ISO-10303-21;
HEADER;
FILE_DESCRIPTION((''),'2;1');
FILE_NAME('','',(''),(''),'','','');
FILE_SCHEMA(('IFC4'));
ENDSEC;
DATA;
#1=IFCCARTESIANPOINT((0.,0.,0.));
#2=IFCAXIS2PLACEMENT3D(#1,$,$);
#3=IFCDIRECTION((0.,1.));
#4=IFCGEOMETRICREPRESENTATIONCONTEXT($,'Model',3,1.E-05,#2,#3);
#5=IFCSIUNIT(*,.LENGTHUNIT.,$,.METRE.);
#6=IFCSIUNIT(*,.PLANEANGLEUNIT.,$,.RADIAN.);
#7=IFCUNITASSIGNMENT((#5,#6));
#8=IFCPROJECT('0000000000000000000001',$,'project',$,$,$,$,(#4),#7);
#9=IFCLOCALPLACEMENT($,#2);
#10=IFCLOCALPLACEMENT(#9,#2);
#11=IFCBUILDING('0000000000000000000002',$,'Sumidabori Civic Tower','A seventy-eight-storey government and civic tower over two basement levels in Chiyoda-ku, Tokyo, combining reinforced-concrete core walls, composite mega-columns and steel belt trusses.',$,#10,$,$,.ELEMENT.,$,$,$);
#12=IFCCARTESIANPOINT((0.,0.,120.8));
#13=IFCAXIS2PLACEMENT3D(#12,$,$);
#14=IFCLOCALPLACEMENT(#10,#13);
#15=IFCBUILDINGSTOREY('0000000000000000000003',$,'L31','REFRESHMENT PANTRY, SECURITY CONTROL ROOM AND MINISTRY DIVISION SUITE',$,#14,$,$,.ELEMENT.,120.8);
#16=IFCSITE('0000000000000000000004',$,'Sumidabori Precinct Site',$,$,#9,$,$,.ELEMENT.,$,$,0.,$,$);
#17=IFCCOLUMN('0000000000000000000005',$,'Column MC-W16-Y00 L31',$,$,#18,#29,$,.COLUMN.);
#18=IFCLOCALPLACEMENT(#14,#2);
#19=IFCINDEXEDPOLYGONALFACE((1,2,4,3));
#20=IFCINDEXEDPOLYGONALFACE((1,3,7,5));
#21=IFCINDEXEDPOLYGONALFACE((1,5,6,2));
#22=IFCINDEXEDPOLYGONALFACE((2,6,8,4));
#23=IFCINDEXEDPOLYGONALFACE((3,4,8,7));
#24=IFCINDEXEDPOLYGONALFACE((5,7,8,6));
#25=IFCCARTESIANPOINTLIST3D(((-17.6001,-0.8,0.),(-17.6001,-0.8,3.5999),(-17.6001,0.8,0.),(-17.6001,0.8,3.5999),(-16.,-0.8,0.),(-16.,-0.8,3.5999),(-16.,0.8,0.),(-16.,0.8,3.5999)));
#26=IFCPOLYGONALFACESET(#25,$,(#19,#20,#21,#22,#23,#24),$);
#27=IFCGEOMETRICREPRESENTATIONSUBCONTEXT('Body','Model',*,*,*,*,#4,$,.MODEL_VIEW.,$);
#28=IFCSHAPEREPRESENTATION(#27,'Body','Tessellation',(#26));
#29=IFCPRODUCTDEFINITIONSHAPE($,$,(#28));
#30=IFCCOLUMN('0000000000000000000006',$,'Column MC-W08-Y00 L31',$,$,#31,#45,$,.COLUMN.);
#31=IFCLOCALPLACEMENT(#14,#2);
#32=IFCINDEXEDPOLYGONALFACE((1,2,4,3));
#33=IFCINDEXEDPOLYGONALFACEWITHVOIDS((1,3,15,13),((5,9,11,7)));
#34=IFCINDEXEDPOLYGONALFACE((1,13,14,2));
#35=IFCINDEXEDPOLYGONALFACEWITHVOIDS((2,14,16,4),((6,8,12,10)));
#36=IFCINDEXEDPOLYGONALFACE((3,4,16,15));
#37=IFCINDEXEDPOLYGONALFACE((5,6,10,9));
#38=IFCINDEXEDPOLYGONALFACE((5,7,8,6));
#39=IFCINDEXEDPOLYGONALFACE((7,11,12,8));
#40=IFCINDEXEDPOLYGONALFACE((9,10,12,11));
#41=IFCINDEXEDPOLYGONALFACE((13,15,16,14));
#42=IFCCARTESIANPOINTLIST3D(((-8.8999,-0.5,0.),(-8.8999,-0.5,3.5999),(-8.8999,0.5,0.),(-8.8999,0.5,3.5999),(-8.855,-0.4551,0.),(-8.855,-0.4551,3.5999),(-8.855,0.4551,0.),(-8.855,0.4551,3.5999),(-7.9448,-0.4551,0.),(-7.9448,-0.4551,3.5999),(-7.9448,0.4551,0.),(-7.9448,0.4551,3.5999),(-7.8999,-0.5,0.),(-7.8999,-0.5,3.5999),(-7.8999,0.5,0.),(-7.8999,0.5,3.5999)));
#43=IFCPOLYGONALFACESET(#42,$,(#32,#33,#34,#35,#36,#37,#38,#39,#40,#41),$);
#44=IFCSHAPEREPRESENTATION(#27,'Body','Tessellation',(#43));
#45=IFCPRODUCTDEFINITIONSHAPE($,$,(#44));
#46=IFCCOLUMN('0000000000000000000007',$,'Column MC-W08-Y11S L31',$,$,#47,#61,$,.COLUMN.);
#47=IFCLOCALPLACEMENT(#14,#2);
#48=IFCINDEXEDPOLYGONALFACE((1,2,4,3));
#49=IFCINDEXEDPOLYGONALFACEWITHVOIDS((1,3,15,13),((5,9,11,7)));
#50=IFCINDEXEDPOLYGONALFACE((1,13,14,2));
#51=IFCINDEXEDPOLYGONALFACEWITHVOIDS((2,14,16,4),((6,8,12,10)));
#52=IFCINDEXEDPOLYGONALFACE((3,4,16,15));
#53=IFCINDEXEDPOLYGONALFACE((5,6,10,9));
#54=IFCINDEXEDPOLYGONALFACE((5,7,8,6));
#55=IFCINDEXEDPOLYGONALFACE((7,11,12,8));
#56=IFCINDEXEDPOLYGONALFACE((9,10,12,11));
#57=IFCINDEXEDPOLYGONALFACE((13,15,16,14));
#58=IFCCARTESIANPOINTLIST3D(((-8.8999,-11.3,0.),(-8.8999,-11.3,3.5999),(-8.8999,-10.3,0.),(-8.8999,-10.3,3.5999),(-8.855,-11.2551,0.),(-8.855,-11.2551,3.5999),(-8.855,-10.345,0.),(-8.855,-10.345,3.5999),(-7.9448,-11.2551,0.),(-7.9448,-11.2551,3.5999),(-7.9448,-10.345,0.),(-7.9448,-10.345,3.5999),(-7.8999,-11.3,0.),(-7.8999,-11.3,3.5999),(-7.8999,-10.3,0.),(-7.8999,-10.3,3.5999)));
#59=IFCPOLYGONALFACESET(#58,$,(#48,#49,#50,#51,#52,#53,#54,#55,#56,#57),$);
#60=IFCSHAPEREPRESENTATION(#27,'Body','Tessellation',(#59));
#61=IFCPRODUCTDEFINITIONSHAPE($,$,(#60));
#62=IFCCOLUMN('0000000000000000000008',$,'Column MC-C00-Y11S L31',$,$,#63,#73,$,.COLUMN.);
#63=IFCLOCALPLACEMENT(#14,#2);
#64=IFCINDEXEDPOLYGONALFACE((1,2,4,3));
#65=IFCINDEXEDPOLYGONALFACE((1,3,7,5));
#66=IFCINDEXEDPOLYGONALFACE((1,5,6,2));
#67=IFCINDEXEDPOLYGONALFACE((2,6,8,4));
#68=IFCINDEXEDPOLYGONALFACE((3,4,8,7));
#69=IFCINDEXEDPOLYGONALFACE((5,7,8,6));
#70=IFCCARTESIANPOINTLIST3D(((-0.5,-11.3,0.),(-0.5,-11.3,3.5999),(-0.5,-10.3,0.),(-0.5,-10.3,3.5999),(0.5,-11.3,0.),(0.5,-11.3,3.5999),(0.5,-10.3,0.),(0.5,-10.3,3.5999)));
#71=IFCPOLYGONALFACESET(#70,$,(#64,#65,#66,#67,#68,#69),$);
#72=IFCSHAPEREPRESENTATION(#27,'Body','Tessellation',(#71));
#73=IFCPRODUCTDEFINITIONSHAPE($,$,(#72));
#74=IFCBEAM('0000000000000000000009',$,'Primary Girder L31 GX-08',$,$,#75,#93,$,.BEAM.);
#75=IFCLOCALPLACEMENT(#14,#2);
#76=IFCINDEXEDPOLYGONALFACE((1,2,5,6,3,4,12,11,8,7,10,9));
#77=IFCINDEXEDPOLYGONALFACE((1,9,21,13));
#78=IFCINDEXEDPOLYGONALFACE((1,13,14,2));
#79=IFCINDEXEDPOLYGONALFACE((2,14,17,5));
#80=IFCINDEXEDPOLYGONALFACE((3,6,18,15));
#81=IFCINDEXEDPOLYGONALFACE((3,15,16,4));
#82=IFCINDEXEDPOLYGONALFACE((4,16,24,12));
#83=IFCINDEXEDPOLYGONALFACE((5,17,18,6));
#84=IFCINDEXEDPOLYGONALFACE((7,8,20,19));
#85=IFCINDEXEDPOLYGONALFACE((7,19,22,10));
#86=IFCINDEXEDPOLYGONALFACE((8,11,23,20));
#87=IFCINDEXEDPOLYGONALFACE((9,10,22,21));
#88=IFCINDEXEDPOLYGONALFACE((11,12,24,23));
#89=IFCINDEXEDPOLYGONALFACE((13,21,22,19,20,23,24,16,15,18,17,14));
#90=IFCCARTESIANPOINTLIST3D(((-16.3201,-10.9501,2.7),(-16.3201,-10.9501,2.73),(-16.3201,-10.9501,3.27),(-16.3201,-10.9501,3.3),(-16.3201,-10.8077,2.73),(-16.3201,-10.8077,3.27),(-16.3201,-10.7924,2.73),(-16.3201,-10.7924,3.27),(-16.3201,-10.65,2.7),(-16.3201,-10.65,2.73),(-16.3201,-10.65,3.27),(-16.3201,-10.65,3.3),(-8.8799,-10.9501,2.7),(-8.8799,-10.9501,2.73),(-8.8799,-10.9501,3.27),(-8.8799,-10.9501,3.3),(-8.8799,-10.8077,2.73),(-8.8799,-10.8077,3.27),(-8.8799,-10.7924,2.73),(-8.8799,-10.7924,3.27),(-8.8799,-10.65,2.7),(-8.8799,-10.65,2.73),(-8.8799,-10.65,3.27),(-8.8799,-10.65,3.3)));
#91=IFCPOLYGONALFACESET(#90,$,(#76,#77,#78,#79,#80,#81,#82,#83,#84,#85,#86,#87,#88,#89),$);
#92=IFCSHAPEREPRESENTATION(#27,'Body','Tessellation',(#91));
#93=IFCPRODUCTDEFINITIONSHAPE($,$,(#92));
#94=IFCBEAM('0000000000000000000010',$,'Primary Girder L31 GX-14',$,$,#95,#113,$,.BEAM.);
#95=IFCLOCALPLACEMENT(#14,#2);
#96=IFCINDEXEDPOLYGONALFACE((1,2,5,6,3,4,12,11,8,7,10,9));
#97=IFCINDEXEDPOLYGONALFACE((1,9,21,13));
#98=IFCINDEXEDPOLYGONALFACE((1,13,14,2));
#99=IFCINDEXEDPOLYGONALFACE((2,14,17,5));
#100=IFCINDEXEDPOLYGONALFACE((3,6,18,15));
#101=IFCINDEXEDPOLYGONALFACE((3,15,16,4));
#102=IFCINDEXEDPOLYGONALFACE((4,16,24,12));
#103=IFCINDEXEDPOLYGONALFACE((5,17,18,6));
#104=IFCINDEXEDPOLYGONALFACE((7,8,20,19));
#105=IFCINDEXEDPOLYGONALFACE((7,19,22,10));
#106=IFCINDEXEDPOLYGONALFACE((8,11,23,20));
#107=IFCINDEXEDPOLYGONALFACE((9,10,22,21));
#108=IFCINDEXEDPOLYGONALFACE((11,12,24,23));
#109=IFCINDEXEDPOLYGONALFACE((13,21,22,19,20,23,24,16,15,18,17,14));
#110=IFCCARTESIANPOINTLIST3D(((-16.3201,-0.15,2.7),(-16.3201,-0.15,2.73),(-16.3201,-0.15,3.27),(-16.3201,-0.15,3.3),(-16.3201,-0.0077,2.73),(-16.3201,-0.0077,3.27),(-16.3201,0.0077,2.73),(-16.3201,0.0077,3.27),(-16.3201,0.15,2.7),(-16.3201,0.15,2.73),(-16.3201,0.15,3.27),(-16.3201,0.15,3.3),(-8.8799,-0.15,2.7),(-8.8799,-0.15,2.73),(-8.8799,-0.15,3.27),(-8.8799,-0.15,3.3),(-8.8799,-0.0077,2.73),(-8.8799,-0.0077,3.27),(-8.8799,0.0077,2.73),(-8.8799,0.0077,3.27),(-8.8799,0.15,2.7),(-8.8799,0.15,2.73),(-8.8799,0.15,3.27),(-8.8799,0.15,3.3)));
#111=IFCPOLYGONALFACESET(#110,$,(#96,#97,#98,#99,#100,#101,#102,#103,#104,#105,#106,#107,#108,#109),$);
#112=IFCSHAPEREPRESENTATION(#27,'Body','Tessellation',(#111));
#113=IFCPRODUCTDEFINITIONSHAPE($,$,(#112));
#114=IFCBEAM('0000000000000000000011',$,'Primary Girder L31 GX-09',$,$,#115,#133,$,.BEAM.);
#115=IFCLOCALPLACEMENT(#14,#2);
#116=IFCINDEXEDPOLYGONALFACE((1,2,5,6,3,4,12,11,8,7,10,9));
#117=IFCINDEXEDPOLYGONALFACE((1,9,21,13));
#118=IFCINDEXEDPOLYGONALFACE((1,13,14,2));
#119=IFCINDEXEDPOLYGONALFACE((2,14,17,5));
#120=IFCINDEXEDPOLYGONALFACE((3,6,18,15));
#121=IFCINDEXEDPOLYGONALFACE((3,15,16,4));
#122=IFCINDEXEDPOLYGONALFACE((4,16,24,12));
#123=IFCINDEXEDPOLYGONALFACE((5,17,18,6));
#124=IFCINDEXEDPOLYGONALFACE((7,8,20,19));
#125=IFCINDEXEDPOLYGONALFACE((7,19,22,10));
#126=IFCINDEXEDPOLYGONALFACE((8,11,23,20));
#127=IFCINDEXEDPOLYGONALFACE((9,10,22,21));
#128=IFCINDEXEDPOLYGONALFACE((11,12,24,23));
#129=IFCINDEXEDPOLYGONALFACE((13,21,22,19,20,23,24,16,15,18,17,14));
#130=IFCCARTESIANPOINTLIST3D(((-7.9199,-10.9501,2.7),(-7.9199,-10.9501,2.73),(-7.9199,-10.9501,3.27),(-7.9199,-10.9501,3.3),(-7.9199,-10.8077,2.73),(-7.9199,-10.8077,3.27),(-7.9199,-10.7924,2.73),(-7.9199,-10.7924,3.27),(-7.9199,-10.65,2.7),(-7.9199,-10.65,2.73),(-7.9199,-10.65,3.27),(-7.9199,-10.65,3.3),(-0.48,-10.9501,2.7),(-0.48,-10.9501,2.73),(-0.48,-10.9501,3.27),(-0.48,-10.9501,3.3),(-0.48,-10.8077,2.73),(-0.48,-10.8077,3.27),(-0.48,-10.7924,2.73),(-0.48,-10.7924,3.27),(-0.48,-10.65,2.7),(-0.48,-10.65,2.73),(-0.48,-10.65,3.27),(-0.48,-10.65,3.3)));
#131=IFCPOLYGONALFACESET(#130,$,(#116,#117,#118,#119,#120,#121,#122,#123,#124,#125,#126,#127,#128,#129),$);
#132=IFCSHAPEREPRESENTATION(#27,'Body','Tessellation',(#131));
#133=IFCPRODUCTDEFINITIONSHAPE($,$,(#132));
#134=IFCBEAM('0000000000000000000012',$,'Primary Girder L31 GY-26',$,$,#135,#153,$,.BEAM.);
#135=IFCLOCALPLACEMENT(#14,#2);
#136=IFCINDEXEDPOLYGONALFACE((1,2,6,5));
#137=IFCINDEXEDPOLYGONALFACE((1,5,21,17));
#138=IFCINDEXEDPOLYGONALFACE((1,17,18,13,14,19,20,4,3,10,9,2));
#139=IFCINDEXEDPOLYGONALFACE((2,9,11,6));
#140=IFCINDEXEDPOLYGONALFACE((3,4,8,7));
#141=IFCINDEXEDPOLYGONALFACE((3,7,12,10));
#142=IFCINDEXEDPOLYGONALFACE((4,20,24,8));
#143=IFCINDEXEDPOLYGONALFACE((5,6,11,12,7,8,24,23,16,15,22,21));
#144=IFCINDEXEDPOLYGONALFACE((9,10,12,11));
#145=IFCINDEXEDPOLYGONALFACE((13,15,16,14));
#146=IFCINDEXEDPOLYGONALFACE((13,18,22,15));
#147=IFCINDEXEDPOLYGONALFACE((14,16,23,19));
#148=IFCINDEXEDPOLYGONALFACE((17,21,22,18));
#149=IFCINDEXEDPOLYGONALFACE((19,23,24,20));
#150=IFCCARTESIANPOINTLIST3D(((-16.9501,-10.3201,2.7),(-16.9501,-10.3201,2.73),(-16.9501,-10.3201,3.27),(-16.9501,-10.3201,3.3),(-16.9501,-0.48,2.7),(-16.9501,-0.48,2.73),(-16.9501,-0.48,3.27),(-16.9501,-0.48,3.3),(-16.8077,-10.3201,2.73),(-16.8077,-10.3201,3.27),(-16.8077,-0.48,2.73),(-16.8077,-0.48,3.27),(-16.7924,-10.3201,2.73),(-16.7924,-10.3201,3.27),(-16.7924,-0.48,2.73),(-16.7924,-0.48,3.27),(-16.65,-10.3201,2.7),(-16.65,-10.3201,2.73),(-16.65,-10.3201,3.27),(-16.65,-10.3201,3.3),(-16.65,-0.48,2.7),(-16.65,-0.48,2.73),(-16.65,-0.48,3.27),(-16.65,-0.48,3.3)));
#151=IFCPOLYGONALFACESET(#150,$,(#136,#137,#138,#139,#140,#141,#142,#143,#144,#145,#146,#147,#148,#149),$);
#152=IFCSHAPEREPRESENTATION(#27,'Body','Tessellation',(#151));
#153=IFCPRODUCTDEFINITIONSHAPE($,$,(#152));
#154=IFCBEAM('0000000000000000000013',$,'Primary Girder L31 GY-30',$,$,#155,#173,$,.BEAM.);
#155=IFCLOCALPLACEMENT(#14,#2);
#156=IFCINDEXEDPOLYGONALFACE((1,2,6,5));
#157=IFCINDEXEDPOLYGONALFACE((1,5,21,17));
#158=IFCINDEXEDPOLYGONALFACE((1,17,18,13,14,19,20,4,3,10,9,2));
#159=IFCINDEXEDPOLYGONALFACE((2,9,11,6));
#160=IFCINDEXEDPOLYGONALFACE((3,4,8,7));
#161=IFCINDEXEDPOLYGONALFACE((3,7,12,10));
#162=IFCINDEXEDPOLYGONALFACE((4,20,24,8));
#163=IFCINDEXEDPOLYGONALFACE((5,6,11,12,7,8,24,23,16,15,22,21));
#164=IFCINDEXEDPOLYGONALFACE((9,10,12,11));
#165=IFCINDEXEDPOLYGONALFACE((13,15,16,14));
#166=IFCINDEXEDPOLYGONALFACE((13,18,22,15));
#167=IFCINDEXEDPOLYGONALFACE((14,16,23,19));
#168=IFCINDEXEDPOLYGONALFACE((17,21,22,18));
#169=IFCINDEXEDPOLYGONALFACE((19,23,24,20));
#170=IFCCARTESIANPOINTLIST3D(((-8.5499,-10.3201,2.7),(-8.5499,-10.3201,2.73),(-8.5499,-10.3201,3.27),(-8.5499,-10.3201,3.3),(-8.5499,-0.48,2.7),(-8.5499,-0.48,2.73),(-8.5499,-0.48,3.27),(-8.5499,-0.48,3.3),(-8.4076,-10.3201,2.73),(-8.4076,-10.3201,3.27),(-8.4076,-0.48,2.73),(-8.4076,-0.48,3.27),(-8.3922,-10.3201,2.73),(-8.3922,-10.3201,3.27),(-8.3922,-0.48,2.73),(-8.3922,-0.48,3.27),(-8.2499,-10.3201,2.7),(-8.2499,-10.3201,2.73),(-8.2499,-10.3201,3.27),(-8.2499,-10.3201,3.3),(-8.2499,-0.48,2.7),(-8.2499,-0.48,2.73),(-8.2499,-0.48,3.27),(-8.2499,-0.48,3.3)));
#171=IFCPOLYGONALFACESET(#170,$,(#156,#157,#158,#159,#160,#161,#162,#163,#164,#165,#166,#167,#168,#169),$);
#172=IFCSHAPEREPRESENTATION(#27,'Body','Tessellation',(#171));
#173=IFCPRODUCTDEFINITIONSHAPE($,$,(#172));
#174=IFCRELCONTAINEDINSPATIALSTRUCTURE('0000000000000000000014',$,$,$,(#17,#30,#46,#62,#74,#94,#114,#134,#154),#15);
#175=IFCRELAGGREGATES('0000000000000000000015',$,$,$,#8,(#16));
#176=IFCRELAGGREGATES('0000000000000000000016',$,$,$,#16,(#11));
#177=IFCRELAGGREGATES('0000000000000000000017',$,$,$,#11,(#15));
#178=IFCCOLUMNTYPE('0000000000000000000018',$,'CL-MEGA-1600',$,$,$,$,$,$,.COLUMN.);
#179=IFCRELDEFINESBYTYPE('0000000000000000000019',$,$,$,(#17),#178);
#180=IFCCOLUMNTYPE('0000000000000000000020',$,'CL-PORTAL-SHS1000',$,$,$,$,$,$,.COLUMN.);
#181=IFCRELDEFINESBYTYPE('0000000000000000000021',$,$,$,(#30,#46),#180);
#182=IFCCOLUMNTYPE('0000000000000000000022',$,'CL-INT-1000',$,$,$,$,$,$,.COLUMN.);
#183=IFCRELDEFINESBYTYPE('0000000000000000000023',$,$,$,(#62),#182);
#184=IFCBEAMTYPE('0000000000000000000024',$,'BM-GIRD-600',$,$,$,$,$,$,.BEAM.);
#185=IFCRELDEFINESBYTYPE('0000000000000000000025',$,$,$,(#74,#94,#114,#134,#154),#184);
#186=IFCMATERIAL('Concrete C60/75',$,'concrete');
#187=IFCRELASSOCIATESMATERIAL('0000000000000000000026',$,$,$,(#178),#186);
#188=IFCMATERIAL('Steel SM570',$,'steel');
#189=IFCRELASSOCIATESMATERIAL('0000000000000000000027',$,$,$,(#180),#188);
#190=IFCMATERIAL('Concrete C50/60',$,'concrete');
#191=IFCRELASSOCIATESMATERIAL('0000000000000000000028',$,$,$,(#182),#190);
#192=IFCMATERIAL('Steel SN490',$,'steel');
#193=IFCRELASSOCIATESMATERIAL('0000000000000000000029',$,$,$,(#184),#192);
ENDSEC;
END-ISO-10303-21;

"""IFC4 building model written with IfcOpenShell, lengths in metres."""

from ifc_helpers import new_model, si_unit, direction, frame, origin, origin_2d, place, context, subcontext, project, spatial, rectangle, hollow_rectangle, i_section, extrude, source, transform, mapped, material, material_profile, profile_set, type_object, element, save


model = new_model("IFC4")

# Units and contexts
model_context = context("Model", 3, precision=1e-05, world=origin(), true_north=direction((0.0, 1.0)))
body_context = subcontext(model_context, "Body", "Model", "MODEL_VIEW")
ifc_project = project(units=[si_unit("LENGTHUNIT", "METRE"), si_unit("PLANEANGLEUNIT", "RADIAN")], contexts=[model_context])

# Site, building, storey
site_placement = place(None, origin())
site = spatial("IfcSite", under=ifc_project, at=site_placement, Name="Sumidabori Precinct Site", CompositionType="ELEMENT", RefElevation=0.0)
building_placement = place(site_placement, origin())
building = spatial("IfcBuilding", under=site, at=building_placement, Name="Sumidabori Civic Tower", Description="A seventy-eight-storey government and civic tower over two basement levels in Chiyoda-ku, Tokyo, combining reinforced-concrete core walls, composite mega-columns and steel belt trusses.", CompositionType="ELEMENT")
storey_placement = place(building_placement, frame((0.0, 0.0, 120.8)))
storey = spatial("IfcBuildingStorey", under=building, at=storey_placement, Name="L31", Description="REFRESHMENT PANTRY, SECURITY CONTROL ROOM AND MINISTRY DIVISION SUITE", CompositionType="ELEMENT", Elevation=120.8)

# Columns
ifc_material_1 = material(Name="Concrete C60/75", Category="concrete")
ifc_material_profile_1 = material_profile(ifc_material_1, rectangle(XDim=1.6001, YDim=1.6001, at=origin_2d()), Name="RC 1600x1600")
ifc_profile_set_1 = profile_set([ifc_material_profile_1], Name="Concrete C60/75")
column_type_1 = type_object("IfcColumnType", Name="CL-MEGA-1600", PredefinedType="COLUMN", material=ifc_profile_set_1)
shared_shape_1 = source(origin(), body_context, "Body", "SweptSolid", [
    extrude(rectangle(XDim=1.6001, YDim=1.6001, at=origin_2d()), origin(), (0.0, 0.0, 1.0), 3.5999),
])
column_1_placement = place(storey_placement, frame((-16.8, 0.0, 0.0), z_axis=(0.0, 0.0, 1.0), x_axis=(1.0, 0.0, 0.0)))
element("IfcColumn", 1, at=column_1_placement, inside=storey, type_object=column_type_1, Name="Column MC-W16-Y00 L31", PredefinedType="COLUMN", context=body_context, shape_type="MappedRepresentation", body=[
    mapped(shared_shape_1, transform((0.0, 0.0, 0.0), x_axis=(1.0, 0.0, 0.0), y_axis=(0.0, 1.0, 0.0), z_axis=(0.0, 0.0, 1.0), scale=1.0)),
])
ifc_material_2 = material(Name="Steel SM570", Category="steel")
ifc_material_profile_2 = material_profile(ifc_material_2, hollow_rectangle(XDim=1.0, YDim=1.0, WallThickness=0.0449, at=origin_2d()), Name="SHS 1000x1000x45")
ifc_profile_set_2 = profile_set([ifc_material_profile_2], Name="Steel SM570")
column_type_2 = type_object("IfcColumnType", Name="CL-PORTAL-SHS1000", PredefinedType="COLUMN", material=ifc_profile_set_2)
shared_shape_2 = source(origin(), body_context, "Body", "SweptSolid", [
    extrude(hollow_rectangle(XDim=1.0, YDim=1.0, WallThickness=0.0449, at=origin_2d()), origin(), (0.0, 0.0, 1.0), 3.5999),
])
for number, where, z_axis, x_axis, name in (
    (2, (-8.3999, 0.0, 0.0), (0.0, 0.0, 1.0), (1.0, 0.0, 0.0), "Column MC-W08-Y00 L31"),
    (3, (-8.3999, -10.8, 0.0), (0.0, 0.0, 1.0), (1.0, 0.0, 0.0), "Column MC-W08-Y11S L31"),
):
    element("IfcColumn", number, at=place(storey_placement, frame(where, z_axis=z_axis, x_axis=x_axis)), inside=storey, type_object=column_type_2, Name=name, PredefinedType="COLUMN", context=body_context, shape_type="MappedRepresentation", body=[
        mapped(shared_shape_2, transform((0.0, 0.0, 0.0), x_axis=(1.0, 0.0, 0.0), y_axis=(0.0, 1.0, 0.0), z_axis=(0.0, 0.0, 1.0), scale=1.0)),
    ])
ifc_material_3 = material(Name="Concrete C50/60", Category="concrete")
ifc_material_profile_3 = material_profile(ifc_material_3, rectangle(XDim=1.0, YDim=1.0, at=origin_2d()), Name="RC 1000x1000")
ifc_profile_set_3 = profile_set([ifc_material_profile_3], Name="Concrete C50/60")
column_type_3 = type_object("IfcColumnType", Name="CL-INT-1000", PredefinedType="COLUMN", material=ifc_profile_set_3)
shared_shape_3 = source(origin(), body_context, "Body", "SweptSolid", [
    extrude(rectangle(XDim=1.0, YDim=1.0, at=origin_2d()), origin(), (0.0, 0.0, 1.0), 3.5999),
])
column_2_placement = place(storey_placement, frame((0.0, -10.8, 0.0), z_axis=(0.0, 0.0, 1.0), x_axis=(1.0, 0.0, 0.0)))
element("IfcColumn", 4, at=column_2_placement, inside=storey, type_object=column_type_3, Name="Column MC-C00-Y11S L31", PredefinedType="COLUMN", context=body_context, shape_type="MappedRepresentation", body=[
    mapped(shared_shape_3, transform((0.0, 0.0, 0.0), x_axis=(1.0, 0.0, 0.0), y_axis=(0.0, 1.0, 0.0), z_axis=(0.0, 0.0, 1.0), scale=1.0)),
])

# Beams
ifc_material_4 = material(Name="Steel SN490", Category="steel")
ifc_material_profile_4 = material_profile(ifc_material_4, i_section(OverallWidth=0.3, OverallDepth=0.6001, WebThickness=0.0154, FlangeThickness=0.03, at=origin_2d()), Name="HE 600 B")
ifc_profile_set_4 = profile_set([ifc_material_profile_4], Name="Steel SN490")
beam_type_1 = type_object("IfcBeamType", Name="BM-GIRD-600", PredefinedType="BEAM", material=ifc_profile_set_4)
shared_shape_4 = source(origin(), body_context, "Body", "SweptSolid", [
    extrude(i_section(OverallWidth=0.3, OverallDepth=0.6001, WebThickness=0.0154, FlangeThickness=0.03, at=origin_2d()), origin(), (0.0, 0.0, 1.0), 7.4402),
])
for number, where, z_axis, x_axis, name in (
    (5, (-16.3201, -10.8, 3.0), (1.0, 0.0, 0.0), (0.0, 1.0, 0.0), "Primary Girder L31 GX-08"),
    (6, (-16.3201, 0.0, 3.0), (1.0, 0.0, 0.0), (0.0, 1.0, 0.0), "Primary Girder L31 GX-14"),
):
    element("IfcBeam", number, at=place(storey_placement, frame(where, z_axis=z_axis, x_axis=x_axis)), inside=storey, type_object=beam_type_1, Name=name, PredefinedType="BEAM", context=body_context, shape_type="MappedRepresentation", body=[
        mapped(shared_shape_4, transform((0.0, 0.0, 0.0), x_axis=(1.0, 0.0, 0.0), y_axis=(0.0, 1.0, 0.0), z_axis=(0.0, 0.0, 1.0), scale=1.0)),
    ])
shared_shape_5 = source(origin(), body_context, "Body", "SweptSolid", [
    extrude(i_section(OverallWidth=0.3, OverallDepth=0.6001, WebThickness=0.0154, FlangeThickness=0.03, at=origin_2d()), origin(), (0.0, 0.0, 1.0), 7.4399),
])
beam_placement = place(storey_placement, frame((-7.9199, -10.8, 3.0), z_axis=(1.0, 0.0, 0.0), x_axis=(0.0, 1.0, 0.0)))
element("IfcBeam", 7, at=beam_placement, inside=storey, type_object=beam_type_1, Name="Primary Girder L31 GX-09", PredefinedType="BEAM", context=body_context, shape_type="MappedRepresentation", body=[
    mapped(shared_shape_5, transform((0.0, 0.0, 0.0), x_axis=(1.0, 0.0, 0.0), y_axis=(0.0, 1.0, 0.0), z_axis=(0.0, 0.0, 1.0), scale=1.0)),
])
shared_shape_6 = source(origin(), body_context, "Body", "SweptSolid", [
    extrude(i_section(OverallWidth=0.3, OverallDepth=0.6001, WebThickness=0.0154, FlangeThickness=0.03, at=origin_2d()), origin(), (0.0, 0.0, 1.0), 9.8401),
])
for number, where, z_axis, x_axis, name in (
    (8, (-16.8, -10.3201, 3.0), (0.0, 1.0, 0.0), (-1.0, 0.0, 0.0), "Primary Girder L31 GY-26"),
    (9, (-8.3999, -10.3201, 3.0), (0.0, 1.0, 0.0), (-1.0, 0.0, 0.0), "Primary Girder L31 GY-30"),
):
    element("IfcBeam", number, at=place(storey_placement, frame(where, z_axis=z_axis, x_axis=x_axis)), inside=storey, type_object=beam_type_1, Name=name, PredefinedType="BEAM", context=body_context, shape_type="MappedRepresentation", body=[
        mapped(shared_shape_6, transform((0.0, 0.0, 0.0), x_axis=(1.0, 0.0, 0.0), y_axis=(0.0, 1.0, 0.0), z_axis=(0.0, 0.0, 1.0), scale=1.0)),
    ])

save(model, "model.ifc")
